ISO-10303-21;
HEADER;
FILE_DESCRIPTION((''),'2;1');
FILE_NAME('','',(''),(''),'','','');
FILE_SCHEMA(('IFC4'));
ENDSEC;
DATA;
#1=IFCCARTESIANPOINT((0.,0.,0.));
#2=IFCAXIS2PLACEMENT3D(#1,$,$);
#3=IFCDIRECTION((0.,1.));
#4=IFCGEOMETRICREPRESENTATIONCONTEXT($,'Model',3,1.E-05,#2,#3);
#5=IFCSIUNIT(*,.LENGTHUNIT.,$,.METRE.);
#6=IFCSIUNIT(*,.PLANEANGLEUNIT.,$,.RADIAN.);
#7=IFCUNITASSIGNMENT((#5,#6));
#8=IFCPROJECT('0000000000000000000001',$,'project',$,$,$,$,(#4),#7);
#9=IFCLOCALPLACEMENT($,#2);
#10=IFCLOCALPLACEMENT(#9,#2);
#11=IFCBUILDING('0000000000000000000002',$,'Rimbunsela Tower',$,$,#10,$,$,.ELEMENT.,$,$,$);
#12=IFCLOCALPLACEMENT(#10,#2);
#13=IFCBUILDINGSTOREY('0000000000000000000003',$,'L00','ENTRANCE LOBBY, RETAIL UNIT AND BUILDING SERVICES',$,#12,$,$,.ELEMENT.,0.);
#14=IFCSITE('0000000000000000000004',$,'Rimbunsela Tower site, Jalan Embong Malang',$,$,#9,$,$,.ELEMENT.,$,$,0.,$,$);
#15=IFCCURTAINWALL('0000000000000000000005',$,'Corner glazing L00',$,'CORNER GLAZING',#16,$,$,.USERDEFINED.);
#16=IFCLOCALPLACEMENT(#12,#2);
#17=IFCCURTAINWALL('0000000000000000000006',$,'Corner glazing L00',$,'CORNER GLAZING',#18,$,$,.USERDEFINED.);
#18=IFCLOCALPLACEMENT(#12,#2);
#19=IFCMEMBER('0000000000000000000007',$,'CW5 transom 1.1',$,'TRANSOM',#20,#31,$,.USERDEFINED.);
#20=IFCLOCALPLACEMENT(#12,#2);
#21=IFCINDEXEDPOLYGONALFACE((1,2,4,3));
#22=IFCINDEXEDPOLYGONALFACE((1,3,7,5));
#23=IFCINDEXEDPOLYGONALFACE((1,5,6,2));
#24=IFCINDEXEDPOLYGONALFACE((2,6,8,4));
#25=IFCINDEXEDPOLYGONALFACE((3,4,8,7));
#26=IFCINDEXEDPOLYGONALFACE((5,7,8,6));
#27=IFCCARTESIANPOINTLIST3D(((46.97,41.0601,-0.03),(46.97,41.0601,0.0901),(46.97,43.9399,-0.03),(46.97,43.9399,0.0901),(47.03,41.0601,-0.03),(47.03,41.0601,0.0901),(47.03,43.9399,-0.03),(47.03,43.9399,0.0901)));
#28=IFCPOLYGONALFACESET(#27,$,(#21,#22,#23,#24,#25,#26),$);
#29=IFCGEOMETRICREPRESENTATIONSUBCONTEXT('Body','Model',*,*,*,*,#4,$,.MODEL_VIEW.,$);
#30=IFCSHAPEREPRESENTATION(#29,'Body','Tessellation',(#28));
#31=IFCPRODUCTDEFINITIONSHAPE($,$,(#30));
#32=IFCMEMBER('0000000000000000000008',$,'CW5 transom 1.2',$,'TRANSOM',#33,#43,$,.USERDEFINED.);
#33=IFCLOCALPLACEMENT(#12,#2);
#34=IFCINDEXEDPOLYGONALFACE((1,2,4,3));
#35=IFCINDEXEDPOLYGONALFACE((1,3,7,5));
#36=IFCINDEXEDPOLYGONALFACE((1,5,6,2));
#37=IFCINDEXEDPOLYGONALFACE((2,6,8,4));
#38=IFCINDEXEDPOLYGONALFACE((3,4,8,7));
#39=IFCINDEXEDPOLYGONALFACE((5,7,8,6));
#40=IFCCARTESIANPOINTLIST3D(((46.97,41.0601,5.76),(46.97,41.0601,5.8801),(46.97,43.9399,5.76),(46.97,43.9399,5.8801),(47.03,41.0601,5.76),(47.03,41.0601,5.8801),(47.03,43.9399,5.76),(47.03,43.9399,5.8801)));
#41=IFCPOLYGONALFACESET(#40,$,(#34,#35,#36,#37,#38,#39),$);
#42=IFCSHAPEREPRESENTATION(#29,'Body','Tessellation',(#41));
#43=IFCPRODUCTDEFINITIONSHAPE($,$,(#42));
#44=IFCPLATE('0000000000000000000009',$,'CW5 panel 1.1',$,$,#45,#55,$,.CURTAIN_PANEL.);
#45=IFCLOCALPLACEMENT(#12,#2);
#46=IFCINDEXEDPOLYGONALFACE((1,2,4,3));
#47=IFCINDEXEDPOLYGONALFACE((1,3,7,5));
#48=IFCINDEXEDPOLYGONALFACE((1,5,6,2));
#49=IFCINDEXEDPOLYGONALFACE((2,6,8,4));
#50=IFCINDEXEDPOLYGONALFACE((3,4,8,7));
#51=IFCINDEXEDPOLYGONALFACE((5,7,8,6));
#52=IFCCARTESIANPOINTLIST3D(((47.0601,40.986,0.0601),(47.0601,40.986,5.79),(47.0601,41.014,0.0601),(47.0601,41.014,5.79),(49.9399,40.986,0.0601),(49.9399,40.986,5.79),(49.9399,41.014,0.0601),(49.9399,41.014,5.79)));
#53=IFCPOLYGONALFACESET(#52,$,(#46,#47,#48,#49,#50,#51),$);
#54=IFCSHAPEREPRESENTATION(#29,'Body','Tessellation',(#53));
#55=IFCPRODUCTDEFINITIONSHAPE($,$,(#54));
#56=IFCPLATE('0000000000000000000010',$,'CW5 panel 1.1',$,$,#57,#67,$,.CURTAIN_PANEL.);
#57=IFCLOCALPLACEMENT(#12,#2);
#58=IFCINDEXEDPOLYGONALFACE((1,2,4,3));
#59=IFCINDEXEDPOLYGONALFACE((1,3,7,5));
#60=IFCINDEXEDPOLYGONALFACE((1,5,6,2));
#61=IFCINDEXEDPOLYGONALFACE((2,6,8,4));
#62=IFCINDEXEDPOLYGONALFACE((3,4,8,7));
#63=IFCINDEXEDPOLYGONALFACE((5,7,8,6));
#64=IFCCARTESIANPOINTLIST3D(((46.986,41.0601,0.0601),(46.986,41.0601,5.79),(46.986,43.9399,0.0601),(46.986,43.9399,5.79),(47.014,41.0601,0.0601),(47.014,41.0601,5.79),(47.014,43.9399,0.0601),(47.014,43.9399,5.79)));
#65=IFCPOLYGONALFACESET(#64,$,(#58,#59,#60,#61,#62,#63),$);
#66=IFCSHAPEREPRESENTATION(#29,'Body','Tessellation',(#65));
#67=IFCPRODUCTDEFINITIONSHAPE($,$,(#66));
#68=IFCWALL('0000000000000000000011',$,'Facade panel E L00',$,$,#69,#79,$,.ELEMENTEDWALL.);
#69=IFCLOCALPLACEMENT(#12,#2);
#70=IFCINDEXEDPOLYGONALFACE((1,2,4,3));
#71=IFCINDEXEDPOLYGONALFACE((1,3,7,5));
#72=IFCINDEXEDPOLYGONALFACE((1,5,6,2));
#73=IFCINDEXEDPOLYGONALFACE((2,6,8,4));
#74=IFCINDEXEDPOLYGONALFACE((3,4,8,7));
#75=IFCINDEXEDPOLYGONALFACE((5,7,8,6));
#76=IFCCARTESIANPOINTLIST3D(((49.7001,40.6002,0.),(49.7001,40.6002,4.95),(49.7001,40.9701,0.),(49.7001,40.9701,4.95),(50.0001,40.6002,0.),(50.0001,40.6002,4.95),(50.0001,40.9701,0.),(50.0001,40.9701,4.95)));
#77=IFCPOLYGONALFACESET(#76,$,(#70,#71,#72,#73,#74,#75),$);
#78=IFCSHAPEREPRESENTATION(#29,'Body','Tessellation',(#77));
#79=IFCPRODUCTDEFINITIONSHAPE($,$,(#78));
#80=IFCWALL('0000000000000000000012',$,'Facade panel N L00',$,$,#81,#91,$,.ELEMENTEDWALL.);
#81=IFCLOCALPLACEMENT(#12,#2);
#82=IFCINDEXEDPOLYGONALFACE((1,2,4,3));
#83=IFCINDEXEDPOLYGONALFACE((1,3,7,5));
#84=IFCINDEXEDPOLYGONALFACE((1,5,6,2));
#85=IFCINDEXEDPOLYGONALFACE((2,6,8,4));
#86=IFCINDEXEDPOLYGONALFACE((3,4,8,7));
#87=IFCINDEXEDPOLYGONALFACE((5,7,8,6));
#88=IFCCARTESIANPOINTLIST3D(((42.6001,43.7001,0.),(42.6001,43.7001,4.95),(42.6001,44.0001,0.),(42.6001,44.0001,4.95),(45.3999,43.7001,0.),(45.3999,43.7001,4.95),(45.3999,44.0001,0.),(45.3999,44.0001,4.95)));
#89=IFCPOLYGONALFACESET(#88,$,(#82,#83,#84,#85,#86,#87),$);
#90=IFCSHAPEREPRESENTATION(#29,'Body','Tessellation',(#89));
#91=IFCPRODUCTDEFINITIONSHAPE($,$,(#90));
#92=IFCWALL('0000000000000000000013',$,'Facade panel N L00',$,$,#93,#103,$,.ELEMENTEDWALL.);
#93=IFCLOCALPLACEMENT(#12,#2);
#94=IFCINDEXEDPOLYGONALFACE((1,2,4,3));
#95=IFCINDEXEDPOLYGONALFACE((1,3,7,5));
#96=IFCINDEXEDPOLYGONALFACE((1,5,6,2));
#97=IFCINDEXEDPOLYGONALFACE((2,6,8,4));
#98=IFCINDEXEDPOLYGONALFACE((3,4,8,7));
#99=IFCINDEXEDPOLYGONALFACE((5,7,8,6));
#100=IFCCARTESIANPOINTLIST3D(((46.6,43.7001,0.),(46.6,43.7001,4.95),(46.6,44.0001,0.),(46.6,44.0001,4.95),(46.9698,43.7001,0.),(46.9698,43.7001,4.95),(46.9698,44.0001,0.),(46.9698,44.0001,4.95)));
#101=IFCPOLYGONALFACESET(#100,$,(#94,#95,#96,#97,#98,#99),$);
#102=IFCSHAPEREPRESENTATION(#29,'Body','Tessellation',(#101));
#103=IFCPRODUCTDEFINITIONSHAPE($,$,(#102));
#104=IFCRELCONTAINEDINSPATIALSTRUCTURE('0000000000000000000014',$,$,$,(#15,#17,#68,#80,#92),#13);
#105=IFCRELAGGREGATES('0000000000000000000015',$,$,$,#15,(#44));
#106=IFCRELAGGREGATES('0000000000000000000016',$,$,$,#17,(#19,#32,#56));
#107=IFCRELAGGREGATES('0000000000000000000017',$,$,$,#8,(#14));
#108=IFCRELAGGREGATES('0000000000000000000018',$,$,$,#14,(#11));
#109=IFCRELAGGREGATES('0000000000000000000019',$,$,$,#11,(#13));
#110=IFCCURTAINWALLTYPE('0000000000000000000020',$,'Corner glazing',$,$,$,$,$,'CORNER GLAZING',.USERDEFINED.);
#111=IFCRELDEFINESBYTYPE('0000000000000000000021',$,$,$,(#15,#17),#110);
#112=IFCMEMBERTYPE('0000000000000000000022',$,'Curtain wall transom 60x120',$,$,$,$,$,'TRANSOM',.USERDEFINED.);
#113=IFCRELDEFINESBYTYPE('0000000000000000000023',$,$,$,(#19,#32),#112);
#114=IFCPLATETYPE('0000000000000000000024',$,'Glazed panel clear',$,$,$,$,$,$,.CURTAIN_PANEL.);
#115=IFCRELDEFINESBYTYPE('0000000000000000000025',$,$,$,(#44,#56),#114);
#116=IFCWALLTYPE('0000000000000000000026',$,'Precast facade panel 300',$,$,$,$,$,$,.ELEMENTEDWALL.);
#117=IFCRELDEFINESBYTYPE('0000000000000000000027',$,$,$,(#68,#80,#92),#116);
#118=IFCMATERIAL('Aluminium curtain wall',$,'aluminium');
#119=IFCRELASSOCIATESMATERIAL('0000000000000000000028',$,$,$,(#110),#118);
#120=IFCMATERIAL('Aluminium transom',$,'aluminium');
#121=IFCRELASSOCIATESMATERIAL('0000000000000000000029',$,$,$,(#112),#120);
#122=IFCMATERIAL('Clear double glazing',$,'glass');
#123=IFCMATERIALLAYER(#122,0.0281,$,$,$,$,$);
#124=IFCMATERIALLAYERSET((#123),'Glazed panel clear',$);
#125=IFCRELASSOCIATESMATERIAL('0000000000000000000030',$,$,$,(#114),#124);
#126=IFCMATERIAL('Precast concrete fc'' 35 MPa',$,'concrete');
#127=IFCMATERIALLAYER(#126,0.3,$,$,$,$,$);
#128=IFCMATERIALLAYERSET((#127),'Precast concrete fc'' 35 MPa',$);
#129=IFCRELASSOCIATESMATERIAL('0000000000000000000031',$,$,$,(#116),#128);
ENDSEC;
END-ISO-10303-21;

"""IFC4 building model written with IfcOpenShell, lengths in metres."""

from ifc_helpers import new_model, si_unit, direction, frame, frame_2d, origin, origin_2d, place, context, subcontext, project, spatial, rectangle, extrude, material, layer, layer_set, material_profile, profile_set, type_object, element, aggregate, save


model = new_model("IFC4")

# Units and contexts
model_context = context("Model", 3, precision=1e-05, world=origin(), true_north=direction((0.0, 1.0)))
body_context = subcontext(model_context, "Body", "Model", "MODEL_VIEW")
ifc_project = project(units=[si_unit("LENGTHUNIT", "METRE"), si_unit("PLANEANGLEUNIT", "RADIAN")], contexts=[model_context])

# Site, building, storey
site_placement = place(None, origin())
site = spatial("IfcSite", under=ifc_project, at=site_placement, Name="Rimbunsela Tower site, Jalan Embong Malang", CompositionType="ELEMENT", RefElevation=0.0)
building_placement = place(site_placement, origin())
building = spatial("IfcBuilding", under=site, at=building_placement, Name="Rimbunsela Tower", CompositionType="ELEMENT")
storey_placement = place(building_placement, origin())
storey = spatial("IfcBuildingStorey", under=building, at=storey_placement, Name="L00", Description="ENTRANCE LOBBY, RETAIL UNIT AND BUILDING SERVICES", CompositionType="ELEMENT", Elevation=0.0)

# Curtain wall
ifc_material_1 = material(Name="Aluminium curtain wall", Category="aluminium")
curtain_wall_type = type_object("IfcCurtainWallType", Name="Corner glazing", ElementType="CORNER GLAZING", PredefinedType="USERDEFINED", material=ifc_material_1)
curtain_wall_1_placement = place(storey_placement, origin())
curtain_wall_1 = element("IfcCurtainWall", 1, at=curtain_wall_1_placement, inside=storey, type_object=curtain_wall_type, Name="Corner glazing L00", ObjectType="CORNER GLAZING", PredefinedType="USERDEFINED")

# Curtain wall
curtain_wall_2_placement = place(storey_placement, origin())
curtain_wall_2 = element("IfcCurtainWall", 2, at=curtain_wall_2_placement, inside=storey, type_object=curtain_wall_type, Name="Corner glazing L00", ObjectType="CORNER GLAZING", PredefinedType="USERDEFINED")

# Members
ifc_material_2 = material(Name="Aluminium transom", Category="aluminium")
ifc_material_profile_1 = material_profile(ifc_material_2, rectangle(XDim=0.0601, YDim=0.1201, at=origin_2d()), Name="Transom 60x120")
ifc_profile_set_1 = profile_set([ifc_material_profile_1], Name="Aluminium transom")
member_type_1 = type_object("IfcMemberType", Name="Curtain wall transom 60x120", ElementType="TRANSOM", PredefinedType="USERDEFINED", material=ifc_profile_set_1)
member_1_placement = place(storey_placement, frame((47.0, 41.0601, 0.03), z_axis=(0.0, 1.0, 0.0), x_axis=(-1.0, 0.0, 0.0)))
member_1 = element("IfcMember", 3, at=member_1_placement, type_object=member_type_1, Name="CW5 transom 1.1", ObjectType="TRANSOM", PredefinedType="USERDEFINED", context=body_context, shape_type="SweptSolid", body=[
    extrude(rectangle(XDim=0.0601, YDim=0.1201, at=origin_2d()), origin(), (0.0, 0.0, 1.0), 2.8799),
])
member_2_placement = place(storey_placement, frame((47.0, 41.0601, 5.8201), z_axis=(0.0, 1.0, 0.0), x_axis=(-1.0, 0.0, 0.0)))
member_2 = element("IfcMember", 4, at=member_2_placement, type_object=member_type_1, Name="CW5 transom 1.2", ObjectType="TRANSOM", PredefinedType="USERDEFINED", context=body_context, shape_type="SweptSolid", body=[
    extrude(rectangle(XDim=0.0601, YDim=0.1201, at=origin_2d()), origin(), (0.0, 0.0, 1.0), 2.8799),
])

# Plates
ifc_material_3 = material(Name="Clear double glazing", Category="glass")
ifc_layer_1 = layer(ifc_material_3, 0.0281)
ifc_layer_set_1 = layer_set([ifc_layer_1], Name="Glazed panel clear")
plate_type = type_object("IfcPlateType", Name="Glazed panel clear", PredefinedType="CURTAIN_PANEL", material=ifc_layer_set_1)
plate_1_placement = place(storey_placement, frame((48.5, 41.0, 0.0601), z_axis=(0.0, 0.0, 1.0), x_axis=(-1.0, 0.0, 0.0)))
plate_1 = element("IfcPlate", 5, at=plate_1_placement, type_object=plate_type, Name="CW5 panel 1.1", PredefinedType="CURTAIN_PANEL", context=body_context, shape_type="SweptSolid", body=[
    extrude(rectangle(XDim=2.8799, YDim=0.0281, at=origin_2d()), origin(), (0.0, 0.0, 1.0), 5.73),
])
aggregate(curtain_wall_1, [plate_1])
plate_2_placement = place(storey_placement, frame((47.0, 42.5, 0.0601), z_axis=(0.0, 0.0, 1.0), x_axis=(0.0, 1.0, 0.0)))
plate_2 = element("IfcPlate", 6, at=plate_2_placement, type_object=plate_type, Name="CW5 panel 1.1", PredefinedType="CURTAIN_PANEL", context=body_context, shape_type="SweptSolid", body=[
    extrude(rectangle(XDim=2.8799, YDim=0.0281, at=origin_2d()), origin(), (0.0, 0.0, 1.0), 5.73),
])
aggregate(curtain_wall_2, [member_1, member_2, plate_2])

# Walls
ifc_material_4 = material(Name="Precast concrete fc' 35 MPa", Category="concrete")
ifc_layer_2 = layer(ifc_material_4, 0.3)
ifc_layer_set_2 = layer_set([ifc_layer_2], Name="Precast concrete fc' 35 MPa")
wall_type = type_object("IfcWallType", Name="Precast facade panel 300", PredefinedType="ELEMENTEDWALL", material=ifc_layer_set_2)
wall_1_placement = place(storey_placement, frame((49.8501, 40.6001, 0.0), z_axis=(0.0, 0.0, 1.0), x_axis=(0.0, 1.0, 0.0)))
element("IfcWall", 7, at=wall_1_placement, inside=storey, type_object=wall_type, Name="Facade panel E L00", PredefinedType="ELEMENTEDWALL", context=body_context, shape_type="SweptSolid", body=[
    extrude(rectangle(XDim=0.3699, YDim=0.3, at=frame_2d((0.1851, 0.0))), origin(), (0.0, 0.0, 1.0), 4.95),
])
wall_2_placement = place(storey_placement, frame((45.3999, 43.8501, 0.0), z_axis=(0.0, 0.0, 1.0), x_axis=(-1.0, 0.0, 0.0)))
element("IfcWall", 8, at=wall_2_placement, inside=storey, type_object=wall_type, Name="Facade panel N L00", PredefinedType="ELEMENTEDWALL", context=body_context, shape_type="SweptSolid", body=[
    extrude(rectangle(XDim=2.7998, YDim=0.3, at=frame_2d((1.3999, 0.0))), origin(), (0.0, 0.0, 1.0), 4.95),
])
wall_3_placement = place(storey_placement, frame((46.97, 43.8501, 0.0), z_axis=(0.0, 0.0, 1.0), x_axis=(-1.0, 0.0, 0.0)))
element("IfcWall", 9, at=wall_3_placement, inside=storey, type_object=wall_type, Name="Facade panel N L00", PredefinedType="ELEMENTEDWALL", context=body_context, shape_type="SweptSolid", body=[
    extrude(rectangle(XDim=0.3699, YDim=0.3, at=frame_2d((0.1851, 0.0))), origin(), (0.0, 0.0, 1.0), 4.95),
])

save(model, "model.ifc")
